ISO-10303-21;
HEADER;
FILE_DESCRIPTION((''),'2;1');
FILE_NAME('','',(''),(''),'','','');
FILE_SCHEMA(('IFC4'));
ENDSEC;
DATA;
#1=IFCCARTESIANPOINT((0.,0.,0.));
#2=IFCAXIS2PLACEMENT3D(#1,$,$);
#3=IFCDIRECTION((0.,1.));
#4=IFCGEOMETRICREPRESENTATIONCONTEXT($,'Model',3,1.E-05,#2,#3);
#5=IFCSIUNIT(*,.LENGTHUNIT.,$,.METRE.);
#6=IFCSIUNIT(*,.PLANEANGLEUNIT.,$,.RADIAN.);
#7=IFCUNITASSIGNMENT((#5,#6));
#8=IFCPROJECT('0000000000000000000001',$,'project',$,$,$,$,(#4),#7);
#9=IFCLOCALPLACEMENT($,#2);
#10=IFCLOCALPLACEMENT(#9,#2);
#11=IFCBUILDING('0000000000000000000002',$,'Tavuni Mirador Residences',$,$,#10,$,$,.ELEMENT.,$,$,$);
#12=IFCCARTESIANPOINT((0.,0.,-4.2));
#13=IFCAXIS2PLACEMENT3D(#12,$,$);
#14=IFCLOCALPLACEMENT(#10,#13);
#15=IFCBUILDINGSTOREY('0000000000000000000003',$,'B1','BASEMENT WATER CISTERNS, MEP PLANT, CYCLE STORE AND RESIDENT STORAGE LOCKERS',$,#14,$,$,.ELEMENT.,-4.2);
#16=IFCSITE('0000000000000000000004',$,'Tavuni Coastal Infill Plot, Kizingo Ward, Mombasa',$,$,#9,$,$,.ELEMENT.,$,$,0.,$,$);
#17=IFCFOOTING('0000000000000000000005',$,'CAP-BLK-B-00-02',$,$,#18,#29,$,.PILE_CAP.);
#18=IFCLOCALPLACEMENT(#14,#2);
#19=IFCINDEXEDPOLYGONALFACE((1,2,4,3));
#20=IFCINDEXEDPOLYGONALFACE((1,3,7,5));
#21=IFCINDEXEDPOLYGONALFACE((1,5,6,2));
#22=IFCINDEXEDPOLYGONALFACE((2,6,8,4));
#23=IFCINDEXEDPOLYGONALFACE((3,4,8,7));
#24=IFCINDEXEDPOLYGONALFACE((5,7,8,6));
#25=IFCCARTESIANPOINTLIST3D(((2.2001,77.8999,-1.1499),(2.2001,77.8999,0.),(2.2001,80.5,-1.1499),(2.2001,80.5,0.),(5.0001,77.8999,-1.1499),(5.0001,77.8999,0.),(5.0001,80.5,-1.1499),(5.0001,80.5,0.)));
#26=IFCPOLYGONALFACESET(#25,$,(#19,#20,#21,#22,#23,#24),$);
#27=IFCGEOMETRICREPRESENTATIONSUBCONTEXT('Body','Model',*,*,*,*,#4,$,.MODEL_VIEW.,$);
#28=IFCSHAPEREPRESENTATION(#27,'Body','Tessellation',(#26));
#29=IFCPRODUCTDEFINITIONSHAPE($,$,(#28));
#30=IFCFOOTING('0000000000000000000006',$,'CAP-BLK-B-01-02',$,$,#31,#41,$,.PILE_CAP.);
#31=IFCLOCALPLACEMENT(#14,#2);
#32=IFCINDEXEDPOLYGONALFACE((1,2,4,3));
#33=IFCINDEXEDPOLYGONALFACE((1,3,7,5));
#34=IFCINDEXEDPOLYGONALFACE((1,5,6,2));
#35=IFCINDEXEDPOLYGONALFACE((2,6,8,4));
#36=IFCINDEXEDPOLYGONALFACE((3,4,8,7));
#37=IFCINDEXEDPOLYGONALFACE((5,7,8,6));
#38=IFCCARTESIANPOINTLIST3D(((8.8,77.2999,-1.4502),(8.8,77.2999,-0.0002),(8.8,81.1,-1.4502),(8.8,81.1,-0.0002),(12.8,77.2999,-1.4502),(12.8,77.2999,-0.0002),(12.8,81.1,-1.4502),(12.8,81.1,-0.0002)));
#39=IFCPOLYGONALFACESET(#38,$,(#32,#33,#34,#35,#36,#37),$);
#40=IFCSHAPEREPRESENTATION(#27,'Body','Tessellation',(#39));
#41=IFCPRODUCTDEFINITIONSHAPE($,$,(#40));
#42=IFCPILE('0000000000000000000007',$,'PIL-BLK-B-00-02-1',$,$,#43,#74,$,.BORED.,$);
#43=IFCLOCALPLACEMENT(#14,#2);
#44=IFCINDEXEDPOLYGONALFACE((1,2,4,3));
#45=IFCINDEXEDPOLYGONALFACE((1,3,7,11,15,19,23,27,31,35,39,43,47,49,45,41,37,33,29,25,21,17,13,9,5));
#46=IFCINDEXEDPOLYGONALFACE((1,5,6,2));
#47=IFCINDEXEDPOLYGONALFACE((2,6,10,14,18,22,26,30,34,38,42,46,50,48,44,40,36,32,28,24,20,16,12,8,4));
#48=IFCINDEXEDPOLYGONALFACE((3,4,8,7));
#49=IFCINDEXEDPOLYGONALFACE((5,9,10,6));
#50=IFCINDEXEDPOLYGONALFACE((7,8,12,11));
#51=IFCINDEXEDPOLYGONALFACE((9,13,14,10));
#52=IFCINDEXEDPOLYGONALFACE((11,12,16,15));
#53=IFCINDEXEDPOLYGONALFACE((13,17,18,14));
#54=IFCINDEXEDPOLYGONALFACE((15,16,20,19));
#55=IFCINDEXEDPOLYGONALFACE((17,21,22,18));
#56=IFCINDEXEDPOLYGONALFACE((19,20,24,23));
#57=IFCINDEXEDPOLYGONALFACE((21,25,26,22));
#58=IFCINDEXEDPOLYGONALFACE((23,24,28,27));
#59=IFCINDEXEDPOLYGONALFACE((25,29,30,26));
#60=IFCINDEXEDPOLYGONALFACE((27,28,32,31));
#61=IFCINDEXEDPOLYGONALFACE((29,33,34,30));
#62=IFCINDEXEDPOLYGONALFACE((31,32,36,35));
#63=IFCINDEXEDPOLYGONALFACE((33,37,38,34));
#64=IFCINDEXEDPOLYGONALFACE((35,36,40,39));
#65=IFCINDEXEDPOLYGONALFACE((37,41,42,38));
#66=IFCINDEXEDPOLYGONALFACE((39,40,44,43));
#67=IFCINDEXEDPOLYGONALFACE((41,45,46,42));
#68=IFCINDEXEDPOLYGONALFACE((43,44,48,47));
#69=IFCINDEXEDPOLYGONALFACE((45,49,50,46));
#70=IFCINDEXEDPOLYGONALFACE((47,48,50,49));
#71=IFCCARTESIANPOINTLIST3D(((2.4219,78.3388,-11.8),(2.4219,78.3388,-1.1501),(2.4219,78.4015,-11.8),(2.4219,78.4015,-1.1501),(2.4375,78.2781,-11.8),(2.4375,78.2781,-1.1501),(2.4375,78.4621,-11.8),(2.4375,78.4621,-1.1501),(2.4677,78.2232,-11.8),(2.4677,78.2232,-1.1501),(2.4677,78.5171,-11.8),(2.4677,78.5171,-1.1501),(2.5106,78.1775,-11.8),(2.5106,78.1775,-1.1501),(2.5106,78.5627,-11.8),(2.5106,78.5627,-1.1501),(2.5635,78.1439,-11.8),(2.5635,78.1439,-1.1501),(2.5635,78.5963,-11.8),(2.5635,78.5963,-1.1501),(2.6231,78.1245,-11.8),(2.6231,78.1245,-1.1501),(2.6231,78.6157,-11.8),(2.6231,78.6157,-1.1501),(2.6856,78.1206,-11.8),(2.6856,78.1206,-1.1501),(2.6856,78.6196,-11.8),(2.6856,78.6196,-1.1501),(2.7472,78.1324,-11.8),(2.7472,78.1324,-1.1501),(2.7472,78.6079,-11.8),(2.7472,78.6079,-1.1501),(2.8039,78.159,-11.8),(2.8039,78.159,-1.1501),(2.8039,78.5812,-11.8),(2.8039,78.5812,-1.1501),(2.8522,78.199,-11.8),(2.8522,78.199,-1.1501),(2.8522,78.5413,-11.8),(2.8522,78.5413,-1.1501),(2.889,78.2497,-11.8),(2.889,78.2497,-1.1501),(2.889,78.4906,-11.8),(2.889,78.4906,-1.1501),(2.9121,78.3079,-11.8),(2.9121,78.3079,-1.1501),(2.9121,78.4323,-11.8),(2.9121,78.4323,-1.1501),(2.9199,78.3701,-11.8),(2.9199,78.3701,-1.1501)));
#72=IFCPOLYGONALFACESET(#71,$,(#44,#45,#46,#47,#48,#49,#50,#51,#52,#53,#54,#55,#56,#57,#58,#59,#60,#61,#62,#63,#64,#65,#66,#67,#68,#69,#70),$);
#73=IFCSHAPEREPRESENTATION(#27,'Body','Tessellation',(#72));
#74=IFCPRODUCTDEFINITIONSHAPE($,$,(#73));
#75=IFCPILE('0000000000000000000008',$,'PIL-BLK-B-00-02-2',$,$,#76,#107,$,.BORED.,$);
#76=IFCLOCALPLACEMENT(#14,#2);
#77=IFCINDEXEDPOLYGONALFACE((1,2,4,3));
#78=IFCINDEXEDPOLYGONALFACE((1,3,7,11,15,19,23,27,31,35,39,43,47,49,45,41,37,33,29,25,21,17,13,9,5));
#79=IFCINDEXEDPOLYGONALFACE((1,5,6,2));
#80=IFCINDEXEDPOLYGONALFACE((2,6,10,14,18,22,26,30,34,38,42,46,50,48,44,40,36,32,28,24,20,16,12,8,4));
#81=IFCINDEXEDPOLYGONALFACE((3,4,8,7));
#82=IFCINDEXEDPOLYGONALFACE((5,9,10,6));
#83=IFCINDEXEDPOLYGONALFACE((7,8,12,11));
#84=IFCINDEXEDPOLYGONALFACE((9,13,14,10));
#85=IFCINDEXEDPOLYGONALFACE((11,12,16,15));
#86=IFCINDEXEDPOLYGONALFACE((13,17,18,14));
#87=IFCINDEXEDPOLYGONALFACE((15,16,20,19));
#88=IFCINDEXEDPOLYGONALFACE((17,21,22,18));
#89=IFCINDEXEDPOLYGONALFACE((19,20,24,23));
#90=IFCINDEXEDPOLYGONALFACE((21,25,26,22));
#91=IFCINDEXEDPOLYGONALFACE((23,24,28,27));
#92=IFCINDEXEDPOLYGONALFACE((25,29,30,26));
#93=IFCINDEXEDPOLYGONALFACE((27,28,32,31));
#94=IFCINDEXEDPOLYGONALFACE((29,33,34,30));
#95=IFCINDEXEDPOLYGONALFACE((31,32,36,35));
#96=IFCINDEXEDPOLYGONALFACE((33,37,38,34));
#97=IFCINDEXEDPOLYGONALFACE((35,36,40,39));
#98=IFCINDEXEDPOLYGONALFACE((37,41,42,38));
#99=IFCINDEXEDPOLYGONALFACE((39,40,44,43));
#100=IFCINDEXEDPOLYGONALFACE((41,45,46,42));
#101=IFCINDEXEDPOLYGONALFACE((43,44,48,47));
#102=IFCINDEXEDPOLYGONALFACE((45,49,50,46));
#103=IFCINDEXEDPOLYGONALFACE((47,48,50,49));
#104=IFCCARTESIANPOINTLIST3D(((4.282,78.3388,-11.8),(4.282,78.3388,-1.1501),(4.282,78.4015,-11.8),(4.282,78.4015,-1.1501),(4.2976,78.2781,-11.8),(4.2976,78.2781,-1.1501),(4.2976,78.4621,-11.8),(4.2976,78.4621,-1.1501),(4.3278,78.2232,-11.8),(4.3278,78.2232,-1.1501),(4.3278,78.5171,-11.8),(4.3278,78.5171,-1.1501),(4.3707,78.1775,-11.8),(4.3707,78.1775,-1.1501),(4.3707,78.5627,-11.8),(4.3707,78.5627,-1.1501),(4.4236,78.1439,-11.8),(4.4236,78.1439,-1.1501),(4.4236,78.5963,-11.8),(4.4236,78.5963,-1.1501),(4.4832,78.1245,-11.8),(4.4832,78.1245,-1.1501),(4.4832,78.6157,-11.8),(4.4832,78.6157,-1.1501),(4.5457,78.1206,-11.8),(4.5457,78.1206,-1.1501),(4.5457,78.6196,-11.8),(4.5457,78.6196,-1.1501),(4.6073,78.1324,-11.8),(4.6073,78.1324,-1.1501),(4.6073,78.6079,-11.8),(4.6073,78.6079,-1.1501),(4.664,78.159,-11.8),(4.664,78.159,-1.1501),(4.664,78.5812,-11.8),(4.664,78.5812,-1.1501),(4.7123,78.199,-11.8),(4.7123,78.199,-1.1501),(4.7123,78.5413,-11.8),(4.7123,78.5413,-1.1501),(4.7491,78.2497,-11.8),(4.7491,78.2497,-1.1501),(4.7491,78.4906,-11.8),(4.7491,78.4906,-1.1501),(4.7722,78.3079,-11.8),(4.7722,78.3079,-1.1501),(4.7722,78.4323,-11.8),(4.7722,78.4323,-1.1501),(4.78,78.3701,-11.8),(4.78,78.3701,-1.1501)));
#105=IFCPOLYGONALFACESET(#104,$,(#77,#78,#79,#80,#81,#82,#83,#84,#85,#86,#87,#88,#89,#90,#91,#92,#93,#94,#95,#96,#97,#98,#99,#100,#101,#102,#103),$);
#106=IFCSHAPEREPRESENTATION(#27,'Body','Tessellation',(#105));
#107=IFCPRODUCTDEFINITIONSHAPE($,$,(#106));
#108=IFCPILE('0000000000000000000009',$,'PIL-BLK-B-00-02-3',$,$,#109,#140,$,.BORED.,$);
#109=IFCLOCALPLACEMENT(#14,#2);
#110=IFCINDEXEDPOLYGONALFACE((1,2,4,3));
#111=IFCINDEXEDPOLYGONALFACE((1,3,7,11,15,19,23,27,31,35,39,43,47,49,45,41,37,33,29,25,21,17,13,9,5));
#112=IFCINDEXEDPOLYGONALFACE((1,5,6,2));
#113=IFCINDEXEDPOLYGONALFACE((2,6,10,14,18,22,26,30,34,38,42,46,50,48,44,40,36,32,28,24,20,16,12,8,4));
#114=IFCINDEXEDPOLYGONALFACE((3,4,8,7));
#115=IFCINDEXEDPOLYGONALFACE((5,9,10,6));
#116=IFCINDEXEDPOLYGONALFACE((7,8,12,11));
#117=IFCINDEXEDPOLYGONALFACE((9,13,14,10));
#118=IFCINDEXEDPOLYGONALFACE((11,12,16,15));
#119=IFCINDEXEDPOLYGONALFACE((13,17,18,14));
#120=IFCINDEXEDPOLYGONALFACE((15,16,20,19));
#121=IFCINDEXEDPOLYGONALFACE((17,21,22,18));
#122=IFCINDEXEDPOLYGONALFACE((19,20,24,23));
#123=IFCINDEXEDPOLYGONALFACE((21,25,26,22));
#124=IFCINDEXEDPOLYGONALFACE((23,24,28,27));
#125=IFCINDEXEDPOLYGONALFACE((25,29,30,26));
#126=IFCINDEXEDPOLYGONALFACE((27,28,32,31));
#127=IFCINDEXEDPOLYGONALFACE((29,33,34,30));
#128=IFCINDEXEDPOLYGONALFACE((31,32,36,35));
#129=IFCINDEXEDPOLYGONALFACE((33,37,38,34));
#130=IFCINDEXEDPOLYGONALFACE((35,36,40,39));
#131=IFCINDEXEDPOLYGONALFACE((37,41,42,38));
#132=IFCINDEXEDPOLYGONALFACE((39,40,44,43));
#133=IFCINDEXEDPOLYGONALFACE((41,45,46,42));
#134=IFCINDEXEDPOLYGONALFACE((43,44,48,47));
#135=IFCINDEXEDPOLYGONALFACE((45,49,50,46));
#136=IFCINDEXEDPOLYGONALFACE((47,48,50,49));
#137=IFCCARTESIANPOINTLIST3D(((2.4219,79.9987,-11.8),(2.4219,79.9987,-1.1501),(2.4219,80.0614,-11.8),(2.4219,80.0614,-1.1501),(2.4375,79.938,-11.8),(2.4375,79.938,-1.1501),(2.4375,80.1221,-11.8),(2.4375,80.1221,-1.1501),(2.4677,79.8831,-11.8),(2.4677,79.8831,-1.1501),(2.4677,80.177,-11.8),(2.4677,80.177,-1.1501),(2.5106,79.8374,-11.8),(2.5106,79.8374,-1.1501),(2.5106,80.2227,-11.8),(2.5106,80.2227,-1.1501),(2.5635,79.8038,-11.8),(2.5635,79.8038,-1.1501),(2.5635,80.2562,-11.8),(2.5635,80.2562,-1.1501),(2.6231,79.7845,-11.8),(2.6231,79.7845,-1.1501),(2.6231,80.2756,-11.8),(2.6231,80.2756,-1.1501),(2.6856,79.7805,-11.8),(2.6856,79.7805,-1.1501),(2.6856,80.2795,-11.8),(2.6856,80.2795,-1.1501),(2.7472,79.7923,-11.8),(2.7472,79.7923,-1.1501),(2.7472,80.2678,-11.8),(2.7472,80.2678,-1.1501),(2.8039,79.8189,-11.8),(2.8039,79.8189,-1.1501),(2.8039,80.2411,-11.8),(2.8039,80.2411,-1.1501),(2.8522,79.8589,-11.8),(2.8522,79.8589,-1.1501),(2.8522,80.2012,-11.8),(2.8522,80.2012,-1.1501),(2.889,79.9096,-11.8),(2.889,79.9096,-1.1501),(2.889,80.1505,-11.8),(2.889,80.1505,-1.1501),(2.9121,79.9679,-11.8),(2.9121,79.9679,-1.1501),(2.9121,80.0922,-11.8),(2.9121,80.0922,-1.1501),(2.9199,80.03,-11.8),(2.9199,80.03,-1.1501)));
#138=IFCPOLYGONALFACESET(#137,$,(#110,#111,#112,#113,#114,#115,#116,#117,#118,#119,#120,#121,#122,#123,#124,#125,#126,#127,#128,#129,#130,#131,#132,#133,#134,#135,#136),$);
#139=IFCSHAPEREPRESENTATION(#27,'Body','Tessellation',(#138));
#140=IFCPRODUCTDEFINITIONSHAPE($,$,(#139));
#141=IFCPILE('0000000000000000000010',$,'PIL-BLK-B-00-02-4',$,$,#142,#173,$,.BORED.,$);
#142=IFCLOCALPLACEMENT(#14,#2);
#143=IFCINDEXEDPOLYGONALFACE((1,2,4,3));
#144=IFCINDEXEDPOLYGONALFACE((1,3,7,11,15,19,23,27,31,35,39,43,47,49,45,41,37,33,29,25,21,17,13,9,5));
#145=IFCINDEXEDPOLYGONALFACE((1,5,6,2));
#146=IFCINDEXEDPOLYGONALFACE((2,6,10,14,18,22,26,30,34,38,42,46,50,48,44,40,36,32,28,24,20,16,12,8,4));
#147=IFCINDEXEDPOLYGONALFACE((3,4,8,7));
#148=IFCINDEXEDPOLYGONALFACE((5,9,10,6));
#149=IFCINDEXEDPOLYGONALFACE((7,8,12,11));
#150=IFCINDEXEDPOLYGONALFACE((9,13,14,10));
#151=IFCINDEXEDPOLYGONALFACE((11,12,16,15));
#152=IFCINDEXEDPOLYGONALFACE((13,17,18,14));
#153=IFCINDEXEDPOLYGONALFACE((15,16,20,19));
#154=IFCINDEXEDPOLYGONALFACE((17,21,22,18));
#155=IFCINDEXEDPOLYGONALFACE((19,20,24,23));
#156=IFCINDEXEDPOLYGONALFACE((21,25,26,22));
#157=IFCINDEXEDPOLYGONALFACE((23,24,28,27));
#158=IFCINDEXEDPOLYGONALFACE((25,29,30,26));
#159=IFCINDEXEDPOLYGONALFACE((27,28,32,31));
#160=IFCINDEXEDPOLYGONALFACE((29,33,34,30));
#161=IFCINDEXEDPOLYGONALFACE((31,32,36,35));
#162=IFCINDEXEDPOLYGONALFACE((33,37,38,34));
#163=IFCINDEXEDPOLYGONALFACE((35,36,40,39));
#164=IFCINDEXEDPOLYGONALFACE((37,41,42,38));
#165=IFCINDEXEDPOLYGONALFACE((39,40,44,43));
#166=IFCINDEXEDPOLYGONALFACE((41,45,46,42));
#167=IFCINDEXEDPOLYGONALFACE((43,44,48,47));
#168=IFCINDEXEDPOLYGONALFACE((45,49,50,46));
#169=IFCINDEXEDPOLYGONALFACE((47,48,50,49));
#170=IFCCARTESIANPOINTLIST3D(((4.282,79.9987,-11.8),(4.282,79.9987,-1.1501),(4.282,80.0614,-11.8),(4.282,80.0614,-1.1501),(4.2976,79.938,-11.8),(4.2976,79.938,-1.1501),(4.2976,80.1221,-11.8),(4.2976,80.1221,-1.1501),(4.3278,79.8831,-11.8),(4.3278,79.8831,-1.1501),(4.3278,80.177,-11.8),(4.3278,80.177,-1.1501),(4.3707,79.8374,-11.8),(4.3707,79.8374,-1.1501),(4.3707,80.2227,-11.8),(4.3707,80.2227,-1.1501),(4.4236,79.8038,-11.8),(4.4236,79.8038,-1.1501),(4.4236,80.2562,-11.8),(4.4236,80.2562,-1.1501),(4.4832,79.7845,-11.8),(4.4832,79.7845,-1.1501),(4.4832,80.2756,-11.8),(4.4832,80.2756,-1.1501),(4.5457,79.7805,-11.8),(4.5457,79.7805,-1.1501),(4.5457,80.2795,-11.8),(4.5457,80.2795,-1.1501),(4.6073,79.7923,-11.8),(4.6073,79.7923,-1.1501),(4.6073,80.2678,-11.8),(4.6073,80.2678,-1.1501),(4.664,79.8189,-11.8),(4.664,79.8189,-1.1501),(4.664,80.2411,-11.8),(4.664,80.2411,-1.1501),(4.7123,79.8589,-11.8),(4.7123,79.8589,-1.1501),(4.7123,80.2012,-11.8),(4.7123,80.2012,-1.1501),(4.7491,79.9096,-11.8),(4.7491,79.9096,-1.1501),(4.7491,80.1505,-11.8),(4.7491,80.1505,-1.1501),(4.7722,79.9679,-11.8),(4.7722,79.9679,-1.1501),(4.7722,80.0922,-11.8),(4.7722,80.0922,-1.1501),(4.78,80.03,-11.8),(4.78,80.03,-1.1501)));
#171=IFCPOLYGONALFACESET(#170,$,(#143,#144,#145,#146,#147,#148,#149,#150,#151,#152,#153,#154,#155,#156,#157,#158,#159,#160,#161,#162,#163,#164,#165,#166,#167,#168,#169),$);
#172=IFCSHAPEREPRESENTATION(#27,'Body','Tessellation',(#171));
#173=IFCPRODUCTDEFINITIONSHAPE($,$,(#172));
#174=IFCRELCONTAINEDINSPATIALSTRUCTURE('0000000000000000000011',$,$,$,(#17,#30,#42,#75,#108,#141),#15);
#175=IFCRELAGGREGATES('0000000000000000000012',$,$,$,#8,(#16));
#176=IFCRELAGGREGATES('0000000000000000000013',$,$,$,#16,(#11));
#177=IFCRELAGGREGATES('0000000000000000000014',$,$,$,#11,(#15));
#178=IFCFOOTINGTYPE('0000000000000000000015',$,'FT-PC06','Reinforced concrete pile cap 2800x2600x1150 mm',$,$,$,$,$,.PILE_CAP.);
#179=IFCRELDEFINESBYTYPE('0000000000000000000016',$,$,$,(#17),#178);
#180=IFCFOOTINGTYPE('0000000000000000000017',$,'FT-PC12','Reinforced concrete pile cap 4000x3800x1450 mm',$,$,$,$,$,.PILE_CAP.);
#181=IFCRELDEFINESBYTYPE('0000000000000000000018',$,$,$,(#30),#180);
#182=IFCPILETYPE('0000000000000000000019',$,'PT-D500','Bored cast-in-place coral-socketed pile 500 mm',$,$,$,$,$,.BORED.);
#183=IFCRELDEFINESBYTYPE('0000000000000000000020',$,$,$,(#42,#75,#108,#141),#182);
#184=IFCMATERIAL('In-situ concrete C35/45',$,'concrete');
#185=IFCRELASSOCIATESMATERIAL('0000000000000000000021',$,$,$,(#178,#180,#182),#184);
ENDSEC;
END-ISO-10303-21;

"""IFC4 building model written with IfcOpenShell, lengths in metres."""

from ifc_helpers import new_model, si_unit, direction, frame, origin, origin_2d, place, context, subcontext, project, spatial, rectangle, circle, extrude, material, material_profile, profile_set, type_object, element, save


model = new_model("IFC4")

# Units and contexts
model_context = context("Model", 3, precision=1e-05, world=origin(), true_north=direction((0.0, 1.0)))
body_context = subcontext(model_context, "Body", "Model", "MODEL_VIEW")
ifc_project = project(units=[si_unit("LENGTHUNIT", "METRE"), si_unit("PLANEANGLEUNIT", "RADIAN")], contexts=[model_context])

# Site, building, storey
site_placement = place(None, origin())
site = spatial("IfcSite", under=ifc_project, at=site_placement, Name="Tavuni Coastal Infill Plot, Kizingo Ward, Mombasa", CompositionType="ELEMENT", RefElevation=0.0)
building_placement = place(site_placement, origin())
building = spatial("IfcBuilding", under=site, at=building_placement, Name="Tavuni Mirador Residences", CompositionType="ELEMENT")
storey_placement = place(building_placement, frame((0.0, 0.0, -4.2)))
storey = spatial("IfcBuildingStorey", under=building, at=storey_placement, Name="B1", Description="BASEMENT WATER CISTERNS, MEP PLANT, CYCLE STORE AND RESIDENT STORAGE LOCKERS", CompositionType="ELEMENT", Elevation=-4.2)

# Footings
ifc_material_1 = material(Name="In-situ concrete C35/45", Category="concrete")
footing_type_1 = type_object("IfcFootingType", Name="FT-PC06", Description="Reinforced concrete pile cap 2800x2600x1150 mm", PredefinedType="PILE_CAP", material=ifc_material_1)
footing_1_placement = place(storey_placement, frame((3.6001, 79.2, -1.1499), z_axis=(0.0, 0.0, 1.0), x_axis=(1.0, 0.0, 0.0)))
element("IfcFooting", 1, at=footing_1_placement, inside=storey, type_object=footing_type_1, Name="CAP-BLK-B-00-02", PredefinedType="PILE_CAP", context=body_context, shape_type="SweptSolid", body=[
    extrude(rectangle(XDim=2.8, YDim=2.6001, at=origin_2d()), origin(), (0.0, 0.0, 1.0), 1.1499),
])
footing_type_2 = type_object("IfcFootingType", Name="FT-PC12", Description="Reinforced concrete pile cap 4000x3800x1450 mm", PredefinedType="PILE_CAP", material=ifc_material_1)
footing_2_placement = place(storey_placement, frame((10.8, 79.2, -1.4502), z_axis=(0.0, 0.0, 1.0), x_axis=(1.0, 0.0, 0.0)))
element("IfcFooting", 2, at=footing_2_placement, inside=storey, type_object=footing_type_2, Name="CAP-BLK-B-01-02", PredefinedType="PILE_CAP", context=body_context, shape_type="SweptSolid", body=[
    extrude(rectangle(XDim=4.0, YDim=3.8, at=origin_2d()), origin(), (0.0, 0.0, 1.0), 1.45),
])

# Piles
ifc_material_profile_1 = material_profile(ifc_material_1, circle(Radius=0.25, at=origin_2d()), Name="PILE D500", Category="concrete")
ifc_profile_set_1 = profile_set([ifc_material_profile_1], Name="In-situ concrete C35/45")
pile_type_1 = type_object("IfcPileType", Name="PT-D500", Description="Bored cast-in-place coral-socketed pile 500 mm", PredefinedType="BORED", material=ifc_profile_set_1)
for number, where, z_axis, x_axis, name in (
    (3, (2.6699, 78.3701, -1.1501), (0.0, 0.0, -1.0), (1.0, 0.0, 0.0), "PIL-BLK-B-00-02-1"),
    (4, (4.53, 78.3701, -1.1501), (0.0, 0.0, -1.0), (1.0, 0.0, 0.0), "PIL-BLK-B-00-02-2"),
    (5, (2.6699, 80.03, -1.1501), (0.0, 0.0, -1.0), (1.0, 0.0, 0.0), "PIL-BLK-B-00-02-3"),
    (6, (4.53, 80.03, -1.1501), (0.0, 0.0, -1.0), (1.0, 0.0, 0.0), "PIL-BLK-B-00-02-4"),
):
    element("IfcPile", number, at=place(storey_placement, frame(where, z_axis=z_axis, x_axis=x_axis)), inside=storey, type_object=pile_type_1, Name=name, PredefinedType="BORED", context=body_context, shape_type="SweptSolid", body=[
        extrude(circle(Radius=0.25, at=origin_2d()), origin(), (0.0, 0.0, 1.0), 10.6499),
    ])

save(model, "model.ifc")
